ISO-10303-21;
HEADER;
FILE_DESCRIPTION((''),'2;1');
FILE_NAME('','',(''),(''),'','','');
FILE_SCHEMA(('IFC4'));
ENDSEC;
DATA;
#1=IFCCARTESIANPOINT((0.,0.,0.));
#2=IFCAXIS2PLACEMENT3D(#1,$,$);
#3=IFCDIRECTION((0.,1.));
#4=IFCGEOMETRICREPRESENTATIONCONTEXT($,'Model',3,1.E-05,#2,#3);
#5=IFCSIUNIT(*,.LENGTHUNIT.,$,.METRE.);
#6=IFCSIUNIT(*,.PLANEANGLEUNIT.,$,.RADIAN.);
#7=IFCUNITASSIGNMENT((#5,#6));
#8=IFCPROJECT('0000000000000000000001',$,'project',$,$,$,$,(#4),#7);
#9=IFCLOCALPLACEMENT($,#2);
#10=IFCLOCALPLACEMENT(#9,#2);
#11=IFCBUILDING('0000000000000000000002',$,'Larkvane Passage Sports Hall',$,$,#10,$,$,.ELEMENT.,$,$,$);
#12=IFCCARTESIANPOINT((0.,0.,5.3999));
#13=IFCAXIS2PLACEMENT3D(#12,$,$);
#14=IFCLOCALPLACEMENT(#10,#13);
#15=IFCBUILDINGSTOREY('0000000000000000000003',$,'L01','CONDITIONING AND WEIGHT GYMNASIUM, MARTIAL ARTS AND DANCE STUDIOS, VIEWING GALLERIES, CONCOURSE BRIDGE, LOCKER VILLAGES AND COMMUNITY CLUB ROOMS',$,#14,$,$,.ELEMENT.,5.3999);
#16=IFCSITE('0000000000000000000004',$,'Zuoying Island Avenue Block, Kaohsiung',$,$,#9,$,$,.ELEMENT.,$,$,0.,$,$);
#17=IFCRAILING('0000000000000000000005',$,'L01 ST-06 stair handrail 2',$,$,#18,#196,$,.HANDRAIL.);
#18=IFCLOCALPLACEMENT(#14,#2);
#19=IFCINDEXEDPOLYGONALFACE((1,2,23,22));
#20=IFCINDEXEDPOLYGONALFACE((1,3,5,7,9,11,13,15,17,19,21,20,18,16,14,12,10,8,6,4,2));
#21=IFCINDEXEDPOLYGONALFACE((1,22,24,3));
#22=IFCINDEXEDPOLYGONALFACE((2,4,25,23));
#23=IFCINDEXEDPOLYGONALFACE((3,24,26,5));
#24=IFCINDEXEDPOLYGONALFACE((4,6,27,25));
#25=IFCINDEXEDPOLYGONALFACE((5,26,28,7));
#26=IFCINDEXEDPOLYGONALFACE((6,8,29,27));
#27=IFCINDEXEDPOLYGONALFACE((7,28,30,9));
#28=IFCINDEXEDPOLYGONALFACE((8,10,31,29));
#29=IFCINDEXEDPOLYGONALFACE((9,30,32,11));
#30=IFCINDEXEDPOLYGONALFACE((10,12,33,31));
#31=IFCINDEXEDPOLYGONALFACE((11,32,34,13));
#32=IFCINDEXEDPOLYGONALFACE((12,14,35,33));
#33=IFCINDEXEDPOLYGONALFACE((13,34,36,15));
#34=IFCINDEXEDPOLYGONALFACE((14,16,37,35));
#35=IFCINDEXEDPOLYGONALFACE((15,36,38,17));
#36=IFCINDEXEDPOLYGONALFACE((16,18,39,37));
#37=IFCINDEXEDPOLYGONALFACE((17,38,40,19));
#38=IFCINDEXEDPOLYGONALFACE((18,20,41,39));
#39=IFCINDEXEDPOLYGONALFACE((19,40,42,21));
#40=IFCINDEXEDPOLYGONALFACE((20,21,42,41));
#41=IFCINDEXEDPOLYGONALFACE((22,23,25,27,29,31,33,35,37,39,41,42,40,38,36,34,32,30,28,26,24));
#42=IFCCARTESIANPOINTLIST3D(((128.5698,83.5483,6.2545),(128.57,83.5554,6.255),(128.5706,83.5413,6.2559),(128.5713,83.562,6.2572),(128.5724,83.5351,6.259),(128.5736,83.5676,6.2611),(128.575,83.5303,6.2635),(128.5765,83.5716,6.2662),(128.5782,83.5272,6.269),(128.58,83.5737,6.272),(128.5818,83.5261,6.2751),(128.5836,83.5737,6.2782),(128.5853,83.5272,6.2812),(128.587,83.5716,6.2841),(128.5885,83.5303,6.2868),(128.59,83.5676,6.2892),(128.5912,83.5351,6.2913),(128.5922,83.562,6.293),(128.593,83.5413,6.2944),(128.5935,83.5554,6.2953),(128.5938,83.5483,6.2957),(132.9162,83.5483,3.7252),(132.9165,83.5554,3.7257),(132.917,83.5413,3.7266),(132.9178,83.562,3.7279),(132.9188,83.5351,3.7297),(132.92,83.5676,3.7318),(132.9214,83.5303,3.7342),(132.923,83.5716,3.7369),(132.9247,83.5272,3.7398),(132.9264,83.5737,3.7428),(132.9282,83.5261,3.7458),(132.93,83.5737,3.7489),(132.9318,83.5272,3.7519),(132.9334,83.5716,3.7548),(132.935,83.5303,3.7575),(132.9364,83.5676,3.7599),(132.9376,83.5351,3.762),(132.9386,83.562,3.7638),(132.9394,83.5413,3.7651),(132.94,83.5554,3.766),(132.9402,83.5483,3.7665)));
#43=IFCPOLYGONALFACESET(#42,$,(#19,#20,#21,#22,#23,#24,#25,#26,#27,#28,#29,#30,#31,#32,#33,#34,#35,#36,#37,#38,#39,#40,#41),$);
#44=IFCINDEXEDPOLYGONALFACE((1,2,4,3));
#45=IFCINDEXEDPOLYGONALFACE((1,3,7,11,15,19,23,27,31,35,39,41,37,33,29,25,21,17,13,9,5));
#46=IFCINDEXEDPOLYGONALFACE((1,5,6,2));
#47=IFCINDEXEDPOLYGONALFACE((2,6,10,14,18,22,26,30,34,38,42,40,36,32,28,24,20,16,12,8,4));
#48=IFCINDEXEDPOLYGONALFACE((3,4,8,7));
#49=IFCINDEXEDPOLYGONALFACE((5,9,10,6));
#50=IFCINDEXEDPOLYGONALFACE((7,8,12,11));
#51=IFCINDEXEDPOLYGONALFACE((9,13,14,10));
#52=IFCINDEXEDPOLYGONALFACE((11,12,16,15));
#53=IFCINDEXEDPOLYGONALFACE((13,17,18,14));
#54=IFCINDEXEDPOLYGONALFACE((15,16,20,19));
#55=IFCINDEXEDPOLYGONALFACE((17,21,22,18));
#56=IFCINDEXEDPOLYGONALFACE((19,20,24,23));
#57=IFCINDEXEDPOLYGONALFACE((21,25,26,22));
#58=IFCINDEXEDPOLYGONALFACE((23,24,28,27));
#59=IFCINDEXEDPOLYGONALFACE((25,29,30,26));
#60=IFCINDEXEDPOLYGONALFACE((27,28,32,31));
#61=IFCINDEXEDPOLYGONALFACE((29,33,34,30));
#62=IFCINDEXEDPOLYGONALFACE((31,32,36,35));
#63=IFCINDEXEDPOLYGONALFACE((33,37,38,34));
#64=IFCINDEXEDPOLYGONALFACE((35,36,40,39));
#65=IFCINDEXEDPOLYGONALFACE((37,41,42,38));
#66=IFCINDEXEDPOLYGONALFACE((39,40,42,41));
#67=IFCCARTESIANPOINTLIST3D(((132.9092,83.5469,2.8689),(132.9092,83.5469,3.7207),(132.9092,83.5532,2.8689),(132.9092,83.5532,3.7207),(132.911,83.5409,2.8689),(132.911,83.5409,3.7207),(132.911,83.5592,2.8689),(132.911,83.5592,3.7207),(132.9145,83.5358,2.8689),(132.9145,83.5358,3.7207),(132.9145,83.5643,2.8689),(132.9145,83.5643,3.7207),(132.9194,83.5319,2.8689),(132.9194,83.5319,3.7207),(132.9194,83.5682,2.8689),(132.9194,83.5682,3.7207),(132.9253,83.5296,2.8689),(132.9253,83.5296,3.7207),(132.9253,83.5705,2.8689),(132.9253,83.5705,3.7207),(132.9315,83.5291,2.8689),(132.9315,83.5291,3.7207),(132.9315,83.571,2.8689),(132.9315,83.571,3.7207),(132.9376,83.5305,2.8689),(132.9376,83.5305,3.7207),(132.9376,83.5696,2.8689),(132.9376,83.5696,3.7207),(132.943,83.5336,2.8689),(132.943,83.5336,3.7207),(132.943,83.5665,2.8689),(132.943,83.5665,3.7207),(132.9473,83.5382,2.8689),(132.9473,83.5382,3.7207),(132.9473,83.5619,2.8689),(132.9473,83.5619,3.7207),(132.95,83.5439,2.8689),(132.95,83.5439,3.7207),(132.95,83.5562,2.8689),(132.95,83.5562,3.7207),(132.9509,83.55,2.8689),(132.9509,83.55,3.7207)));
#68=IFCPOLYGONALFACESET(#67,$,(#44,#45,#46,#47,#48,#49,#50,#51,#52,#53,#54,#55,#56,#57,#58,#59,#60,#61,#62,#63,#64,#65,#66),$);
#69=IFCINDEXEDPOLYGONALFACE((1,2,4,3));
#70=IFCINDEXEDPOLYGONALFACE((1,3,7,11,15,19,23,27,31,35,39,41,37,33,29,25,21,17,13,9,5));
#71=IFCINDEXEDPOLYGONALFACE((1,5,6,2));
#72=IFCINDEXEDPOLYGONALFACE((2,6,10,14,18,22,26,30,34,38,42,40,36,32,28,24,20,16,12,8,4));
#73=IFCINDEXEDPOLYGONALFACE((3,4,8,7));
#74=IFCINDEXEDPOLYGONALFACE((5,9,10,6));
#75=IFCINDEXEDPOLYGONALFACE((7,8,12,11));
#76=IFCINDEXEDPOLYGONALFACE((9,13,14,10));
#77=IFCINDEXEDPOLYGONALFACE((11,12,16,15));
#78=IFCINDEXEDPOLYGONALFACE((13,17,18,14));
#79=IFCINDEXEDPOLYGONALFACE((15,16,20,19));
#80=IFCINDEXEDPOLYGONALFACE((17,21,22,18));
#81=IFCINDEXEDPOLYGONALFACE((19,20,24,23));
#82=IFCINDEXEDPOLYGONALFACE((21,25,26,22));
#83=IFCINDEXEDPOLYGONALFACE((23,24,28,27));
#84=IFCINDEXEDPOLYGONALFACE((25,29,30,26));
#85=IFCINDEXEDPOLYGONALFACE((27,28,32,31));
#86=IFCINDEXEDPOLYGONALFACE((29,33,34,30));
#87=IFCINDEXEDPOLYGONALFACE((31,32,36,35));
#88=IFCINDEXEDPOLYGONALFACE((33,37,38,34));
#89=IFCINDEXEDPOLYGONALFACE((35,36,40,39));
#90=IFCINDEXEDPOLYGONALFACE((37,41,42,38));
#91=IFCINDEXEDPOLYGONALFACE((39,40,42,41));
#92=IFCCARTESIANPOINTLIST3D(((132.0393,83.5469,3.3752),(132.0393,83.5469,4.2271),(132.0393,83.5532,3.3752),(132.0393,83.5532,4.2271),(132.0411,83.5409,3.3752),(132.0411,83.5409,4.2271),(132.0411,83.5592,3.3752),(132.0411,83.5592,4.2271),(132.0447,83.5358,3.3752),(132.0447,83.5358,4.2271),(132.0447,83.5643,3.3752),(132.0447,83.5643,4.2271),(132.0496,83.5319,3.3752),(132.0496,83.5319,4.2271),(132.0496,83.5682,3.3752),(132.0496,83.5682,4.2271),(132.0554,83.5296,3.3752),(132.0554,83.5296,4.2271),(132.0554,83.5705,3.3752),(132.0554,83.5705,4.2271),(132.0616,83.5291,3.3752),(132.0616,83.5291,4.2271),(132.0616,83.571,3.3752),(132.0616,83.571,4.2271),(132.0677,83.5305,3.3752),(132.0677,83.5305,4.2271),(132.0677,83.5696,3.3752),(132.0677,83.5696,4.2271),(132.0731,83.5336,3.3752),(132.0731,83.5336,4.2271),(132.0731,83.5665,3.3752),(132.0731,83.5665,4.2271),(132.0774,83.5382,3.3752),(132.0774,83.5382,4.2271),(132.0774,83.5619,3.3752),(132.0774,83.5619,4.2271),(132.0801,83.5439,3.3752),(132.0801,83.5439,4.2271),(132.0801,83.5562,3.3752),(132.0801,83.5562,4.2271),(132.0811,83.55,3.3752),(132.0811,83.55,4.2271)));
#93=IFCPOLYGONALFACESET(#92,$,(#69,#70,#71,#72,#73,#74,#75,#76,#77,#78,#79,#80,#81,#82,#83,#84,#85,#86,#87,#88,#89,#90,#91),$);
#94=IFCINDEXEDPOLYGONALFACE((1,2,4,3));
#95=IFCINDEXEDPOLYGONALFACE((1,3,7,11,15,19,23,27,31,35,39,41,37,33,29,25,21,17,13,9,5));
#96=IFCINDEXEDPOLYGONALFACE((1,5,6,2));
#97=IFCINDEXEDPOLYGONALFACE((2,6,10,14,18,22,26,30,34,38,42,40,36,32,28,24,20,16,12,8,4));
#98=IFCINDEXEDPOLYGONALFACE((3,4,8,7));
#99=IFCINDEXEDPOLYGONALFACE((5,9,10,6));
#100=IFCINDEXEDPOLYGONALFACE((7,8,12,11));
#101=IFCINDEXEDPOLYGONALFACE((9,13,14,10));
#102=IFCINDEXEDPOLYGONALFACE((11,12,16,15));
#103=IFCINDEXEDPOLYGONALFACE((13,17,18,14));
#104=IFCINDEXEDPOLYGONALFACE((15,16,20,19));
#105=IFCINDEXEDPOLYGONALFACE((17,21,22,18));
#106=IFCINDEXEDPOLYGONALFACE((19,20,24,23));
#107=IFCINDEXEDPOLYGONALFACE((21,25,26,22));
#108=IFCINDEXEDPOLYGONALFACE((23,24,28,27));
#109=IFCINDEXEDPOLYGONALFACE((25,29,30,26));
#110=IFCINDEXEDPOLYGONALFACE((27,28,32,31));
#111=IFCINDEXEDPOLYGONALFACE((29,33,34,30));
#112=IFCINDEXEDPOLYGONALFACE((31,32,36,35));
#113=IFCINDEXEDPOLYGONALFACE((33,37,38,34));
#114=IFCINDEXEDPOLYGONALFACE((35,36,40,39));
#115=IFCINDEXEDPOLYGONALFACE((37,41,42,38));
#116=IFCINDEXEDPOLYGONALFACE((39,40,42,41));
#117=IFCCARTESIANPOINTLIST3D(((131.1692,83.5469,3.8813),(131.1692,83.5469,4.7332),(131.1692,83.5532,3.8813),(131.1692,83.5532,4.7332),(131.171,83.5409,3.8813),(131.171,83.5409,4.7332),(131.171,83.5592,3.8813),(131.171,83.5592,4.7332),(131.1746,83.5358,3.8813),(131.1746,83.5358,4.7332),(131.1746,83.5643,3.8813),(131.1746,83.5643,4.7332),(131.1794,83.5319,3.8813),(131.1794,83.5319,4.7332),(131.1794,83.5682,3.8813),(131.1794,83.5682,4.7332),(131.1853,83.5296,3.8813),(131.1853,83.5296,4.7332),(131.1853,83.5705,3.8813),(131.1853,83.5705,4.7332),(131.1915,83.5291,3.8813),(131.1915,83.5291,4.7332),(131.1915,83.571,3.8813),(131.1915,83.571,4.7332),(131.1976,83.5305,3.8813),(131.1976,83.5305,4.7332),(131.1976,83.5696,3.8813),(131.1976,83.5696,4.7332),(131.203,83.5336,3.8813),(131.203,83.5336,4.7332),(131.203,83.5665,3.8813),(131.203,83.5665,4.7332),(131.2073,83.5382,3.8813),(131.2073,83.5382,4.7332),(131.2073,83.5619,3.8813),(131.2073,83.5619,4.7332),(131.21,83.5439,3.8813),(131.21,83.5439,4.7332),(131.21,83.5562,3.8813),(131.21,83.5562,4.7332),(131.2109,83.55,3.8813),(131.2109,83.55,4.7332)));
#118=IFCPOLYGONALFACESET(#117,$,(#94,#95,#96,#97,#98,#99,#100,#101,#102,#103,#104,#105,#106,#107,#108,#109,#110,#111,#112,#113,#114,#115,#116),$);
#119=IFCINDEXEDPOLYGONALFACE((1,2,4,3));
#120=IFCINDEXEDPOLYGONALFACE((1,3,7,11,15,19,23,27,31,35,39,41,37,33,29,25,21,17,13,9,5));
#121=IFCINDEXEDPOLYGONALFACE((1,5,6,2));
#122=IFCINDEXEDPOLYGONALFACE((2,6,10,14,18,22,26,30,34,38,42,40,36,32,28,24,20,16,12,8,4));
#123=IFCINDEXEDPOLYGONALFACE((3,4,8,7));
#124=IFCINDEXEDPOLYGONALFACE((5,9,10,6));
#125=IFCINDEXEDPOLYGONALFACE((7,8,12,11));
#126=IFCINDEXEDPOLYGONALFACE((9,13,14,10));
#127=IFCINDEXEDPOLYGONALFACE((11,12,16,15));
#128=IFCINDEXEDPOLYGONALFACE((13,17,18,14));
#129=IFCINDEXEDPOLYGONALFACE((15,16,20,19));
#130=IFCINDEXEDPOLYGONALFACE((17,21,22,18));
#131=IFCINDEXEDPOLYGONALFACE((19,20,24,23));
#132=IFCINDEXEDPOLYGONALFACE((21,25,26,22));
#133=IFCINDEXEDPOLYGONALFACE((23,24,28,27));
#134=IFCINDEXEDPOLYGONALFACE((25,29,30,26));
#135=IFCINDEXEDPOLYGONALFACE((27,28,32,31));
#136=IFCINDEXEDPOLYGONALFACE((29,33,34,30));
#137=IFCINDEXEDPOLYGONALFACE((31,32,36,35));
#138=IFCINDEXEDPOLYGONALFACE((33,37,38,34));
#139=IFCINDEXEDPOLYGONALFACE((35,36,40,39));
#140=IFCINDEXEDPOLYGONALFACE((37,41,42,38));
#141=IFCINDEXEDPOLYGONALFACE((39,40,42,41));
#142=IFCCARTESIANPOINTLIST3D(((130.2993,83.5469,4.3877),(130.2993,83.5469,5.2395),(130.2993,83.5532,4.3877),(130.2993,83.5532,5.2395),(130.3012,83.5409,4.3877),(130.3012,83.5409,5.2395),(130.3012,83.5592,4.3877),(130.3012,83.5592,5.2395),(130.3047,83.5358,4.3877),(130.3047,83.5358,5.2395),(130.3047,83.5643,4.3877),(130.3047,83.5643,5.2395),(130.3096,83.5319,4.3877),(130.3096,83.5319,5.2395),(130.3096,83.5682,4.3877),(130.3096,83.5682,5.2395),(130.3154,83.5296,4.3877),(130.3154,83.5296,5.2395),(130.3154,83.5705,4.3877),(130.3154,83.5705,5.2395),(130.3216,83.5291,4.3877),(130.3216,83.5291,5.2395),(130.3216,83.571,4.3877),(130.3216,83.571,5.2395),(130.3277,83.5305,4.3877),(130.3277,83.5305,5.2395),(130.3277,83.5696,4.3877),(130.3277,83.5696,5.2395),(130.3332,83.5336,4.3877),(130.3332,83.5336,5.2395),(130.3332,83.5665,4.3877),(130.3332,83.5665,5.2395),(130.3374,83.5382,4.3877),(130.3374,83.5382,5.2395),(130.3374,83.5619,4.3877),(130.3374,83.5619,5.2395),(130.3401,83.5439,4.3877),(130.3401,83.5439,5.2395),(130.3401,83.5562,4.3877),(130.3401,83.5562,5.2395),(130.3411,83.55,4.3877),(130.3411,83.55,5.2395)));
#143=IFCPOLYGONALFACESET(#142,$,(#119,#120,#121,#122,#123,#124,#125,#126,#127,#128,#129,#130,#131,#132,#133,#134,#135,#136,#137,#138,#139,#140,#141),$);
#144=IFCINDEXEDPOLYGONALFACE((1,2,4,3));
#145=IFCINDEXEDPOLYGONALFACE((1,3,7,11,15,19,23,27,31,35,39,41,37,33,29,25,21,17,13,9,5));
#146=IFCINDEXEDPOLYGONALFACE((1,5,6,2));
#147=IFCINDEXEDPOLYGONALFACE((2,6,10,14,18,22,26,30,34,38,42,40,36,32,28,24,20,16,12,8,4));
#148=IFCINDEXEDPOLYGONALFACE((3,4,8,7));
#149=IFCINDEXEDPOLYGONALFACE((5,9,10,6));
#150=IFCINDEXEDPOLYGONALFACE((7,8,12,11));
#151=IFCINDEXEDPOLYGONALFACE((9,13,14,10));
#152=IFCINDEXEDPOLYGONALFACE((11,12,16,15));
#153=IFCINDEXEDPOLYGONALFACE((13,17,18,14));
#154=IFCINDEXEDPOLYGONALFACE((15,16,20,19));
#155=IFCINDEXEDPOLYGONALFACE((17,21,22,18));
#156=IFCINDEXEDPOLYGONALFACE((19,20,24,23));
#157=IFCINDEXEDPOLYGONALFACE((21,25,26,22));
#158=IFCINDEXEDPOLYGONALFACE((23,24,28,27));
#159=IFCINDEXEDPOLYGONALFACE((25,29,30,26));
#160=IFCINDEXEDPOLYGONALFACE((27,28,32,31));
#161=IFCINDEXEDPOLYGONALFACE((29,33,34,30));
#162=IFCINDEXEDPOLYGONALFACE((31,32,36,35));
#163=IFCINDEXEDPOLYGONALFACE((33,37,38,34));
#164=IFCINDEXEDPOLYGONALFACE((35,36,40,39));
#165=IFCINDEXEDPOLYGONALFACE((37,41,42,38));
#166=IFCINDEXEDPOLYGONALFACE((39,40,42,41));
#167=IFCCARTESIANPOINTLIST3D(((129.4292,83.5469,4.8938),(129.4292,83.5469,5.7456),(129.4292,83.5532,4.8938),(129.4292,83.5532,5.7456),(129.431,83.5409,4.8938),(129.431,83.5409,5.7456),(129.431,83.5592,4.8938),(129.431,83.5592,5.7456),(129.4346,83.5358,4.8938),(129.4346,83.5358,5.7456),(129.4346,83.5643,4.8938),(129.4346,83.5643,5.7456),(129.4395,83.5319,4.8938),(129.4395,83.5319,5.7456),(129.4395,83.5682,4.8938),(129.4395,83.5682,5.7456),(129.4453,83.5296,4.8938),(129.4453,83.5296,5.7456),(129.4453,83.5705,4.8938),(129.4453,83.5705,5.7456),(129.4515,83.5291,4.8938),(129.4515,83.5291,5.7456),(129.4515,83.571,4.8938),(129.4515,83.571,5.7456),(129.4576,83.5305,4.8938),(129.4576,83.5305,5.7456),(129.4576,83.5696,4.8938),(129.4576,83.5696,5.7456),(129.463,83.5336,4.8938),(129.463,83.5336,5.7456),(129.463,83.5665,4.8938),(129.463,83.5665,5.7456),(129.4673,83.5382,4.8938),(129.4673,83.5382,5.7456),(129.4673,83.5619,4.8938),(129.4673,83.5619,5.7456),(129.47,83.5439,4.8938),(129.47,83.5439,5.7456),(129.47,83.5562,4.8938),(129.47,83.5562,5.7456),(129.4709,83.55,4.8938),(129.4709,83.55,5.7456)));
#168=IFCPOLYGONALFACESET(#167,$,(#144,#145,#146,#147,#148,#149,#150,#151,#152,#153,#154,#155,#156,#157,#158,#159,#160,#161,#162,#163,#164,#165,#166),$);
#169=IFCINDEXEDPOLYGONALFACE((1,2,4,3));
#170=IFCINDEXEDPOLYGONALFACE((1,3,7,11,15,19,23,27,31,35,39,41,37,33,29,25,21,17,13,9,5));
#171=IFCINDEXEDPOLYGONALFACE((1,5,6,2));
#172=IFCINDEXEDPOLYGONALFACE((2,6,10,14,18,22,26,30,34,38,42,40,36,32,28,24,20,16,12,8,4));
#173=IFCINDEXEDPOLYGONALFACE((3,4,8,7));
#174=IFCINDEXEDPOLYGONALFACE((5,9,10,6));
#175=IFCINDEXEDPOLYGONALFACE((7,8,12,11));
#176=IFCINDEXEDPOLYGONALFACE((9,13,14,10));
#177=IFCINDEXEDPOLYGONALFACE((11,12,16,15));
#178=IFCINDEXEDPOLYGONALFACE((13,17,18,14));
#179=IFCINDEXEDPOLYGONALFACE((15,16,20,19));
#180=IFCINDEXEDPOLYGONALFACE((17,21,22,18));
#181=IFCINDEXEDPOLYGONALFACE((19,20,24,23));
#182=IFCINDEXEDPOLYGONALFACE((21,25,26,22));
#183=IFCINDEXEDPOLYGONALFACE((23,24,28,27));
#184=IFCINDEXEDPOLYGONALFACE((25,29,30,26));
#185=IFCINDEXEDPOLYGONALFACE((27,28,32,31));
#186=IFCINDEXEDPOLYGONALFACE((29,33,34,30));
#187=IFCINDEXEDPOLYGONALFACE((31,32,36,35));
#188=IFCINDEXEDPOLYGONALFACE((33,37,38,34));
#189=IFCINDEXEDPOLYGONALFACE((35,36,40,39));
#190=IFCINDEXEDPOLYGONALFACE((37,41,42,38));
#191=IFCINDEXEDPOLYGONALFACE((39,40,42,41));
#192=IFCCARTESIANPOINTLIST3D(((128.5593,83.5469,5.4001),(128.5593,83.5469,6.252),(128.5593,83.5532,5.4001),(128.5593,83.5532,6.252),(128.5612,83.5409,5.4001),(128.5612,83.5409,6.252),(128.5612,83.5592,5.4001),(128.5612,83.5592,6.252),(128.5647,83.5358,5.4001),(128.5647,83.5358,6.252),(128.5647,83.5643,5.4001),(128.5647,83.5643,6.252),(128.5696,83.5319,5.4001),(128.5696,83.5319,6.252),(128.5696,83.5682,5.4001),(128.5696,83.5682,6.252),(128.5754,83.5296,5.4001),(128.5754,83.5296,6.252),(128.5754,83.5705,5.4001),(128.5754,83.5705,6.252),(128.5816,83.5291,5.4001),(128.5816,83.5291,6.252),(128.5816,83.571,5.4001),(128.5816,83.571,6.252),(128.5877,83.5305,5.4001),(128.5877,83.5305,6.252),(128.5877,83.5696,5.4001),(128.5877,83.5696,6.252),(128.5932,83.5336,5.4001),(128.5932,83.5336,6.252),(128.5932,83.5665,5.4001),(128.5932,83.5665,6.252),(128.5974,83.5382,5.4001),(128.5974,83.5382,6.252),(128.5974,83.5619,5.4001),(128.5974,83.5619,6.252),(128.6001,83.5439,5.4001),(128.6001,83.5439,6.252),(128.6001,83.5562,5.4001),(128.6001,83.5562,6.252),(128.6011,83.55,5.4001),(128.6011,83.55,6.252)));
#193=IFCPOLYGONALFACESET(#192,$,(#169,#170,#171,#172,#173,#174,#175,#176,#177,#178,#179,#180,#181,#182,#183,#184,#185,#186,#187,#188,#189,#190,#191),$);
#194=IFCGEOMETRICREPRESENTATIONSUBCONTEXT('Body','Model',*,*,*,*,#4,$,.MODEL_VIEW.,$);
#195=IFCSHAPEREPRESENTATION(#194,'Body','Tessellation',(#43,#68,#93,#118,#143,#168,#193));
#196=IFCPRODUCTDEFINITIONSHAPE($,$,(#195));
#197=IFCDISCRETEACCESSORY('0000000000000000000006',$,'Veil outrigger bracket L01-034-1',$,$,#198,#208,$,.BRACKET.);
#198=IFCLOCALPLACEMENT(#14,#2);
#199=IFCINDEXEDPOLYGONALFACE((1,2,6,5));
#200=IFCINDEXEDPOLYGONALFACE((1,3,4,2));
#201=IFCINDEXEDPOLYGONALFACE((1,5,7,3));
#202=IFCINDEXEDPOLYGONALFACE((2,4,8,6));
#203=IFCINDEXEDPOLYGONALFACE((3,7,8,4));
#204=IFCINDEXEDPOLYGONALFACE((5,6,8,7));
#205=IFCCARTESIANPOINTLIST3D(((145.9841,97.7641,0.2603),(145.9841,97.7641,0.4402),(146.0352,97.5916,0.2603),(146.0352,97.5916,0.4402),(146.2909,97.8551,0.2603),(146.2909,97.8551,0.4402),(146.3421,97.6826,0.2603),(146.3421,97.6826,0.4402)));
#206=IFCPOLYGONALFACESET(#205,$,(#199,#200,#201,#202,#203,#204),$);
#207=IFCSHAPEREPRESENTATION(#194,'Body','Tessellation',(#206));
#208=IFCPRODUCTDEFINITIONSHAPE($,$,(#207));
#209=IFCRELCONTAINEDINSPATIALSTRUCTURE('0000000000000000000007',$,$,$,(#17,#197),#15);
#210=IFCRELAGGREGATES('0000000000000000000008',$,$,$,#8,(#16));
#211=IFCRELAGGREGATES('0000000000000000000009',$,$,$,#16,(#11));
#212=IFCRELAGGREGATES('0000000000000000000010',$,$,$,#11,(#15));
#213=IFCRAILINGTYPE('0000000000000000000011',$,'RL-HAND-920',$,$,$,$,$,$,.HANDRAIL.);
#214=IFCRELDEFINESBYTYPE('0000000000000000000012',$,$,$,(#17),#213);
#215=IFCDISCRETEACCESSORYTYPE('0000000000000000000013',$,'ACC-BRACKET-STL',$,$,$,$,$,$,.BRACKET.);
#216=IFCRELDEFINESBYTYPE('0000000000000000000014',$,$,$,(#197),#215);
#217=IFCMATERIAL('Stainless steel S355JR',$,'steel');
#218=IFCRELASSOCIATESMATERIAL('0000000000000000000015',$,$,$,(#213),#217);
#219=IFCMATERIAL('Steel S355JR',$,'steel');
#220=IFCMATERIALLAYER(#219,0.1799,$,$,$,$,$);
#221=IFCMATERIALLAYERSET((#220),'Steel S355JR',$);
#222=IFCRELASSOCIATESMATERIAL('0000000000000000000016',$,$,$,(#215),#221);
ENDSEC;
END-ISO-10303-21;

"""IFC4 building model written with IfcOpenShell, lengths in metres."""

from ifc_helpers import new_model, si_unit, direction, frame, origin, origin_2d, place, context, subcontext, project, spatial, rectangle, circle, extrude, material, layer, layer_set, type_object, element, save


model = new_model("IFC4")

# Units and contexts
model_context = context("Model", 3, precision=1e-05, world=origin(), true_north=direction((0.0, 1.0)))
body_context = subcontext(model_context, "Body", "Model", "MODEL_VIEW")
ifc_project = project(units=[si_unit("LENGTHUNIT", "METRE"), si_unit("PLANEANGLEUNIT", "RADIAN")], contexts=[model_context])

# Site, building, storey
site_placement = place(None, origin())
site = spatial("IfcSite", under=ifc_project, at=site_placement, Name="Zuoying Island Avenue Block, Kaohsiung", CompositionType="ELEMENT", RefElevation=0.0)
building_placement = place(site_placement, origin())
building = spatial("IfcBuilding", under=site, at=building_placement, Name="Larkvane Passage Sports Hall", CompositionType="ELEMENT")
storey_placement = place(building_placement, frame((0.0, 0.0, 5.3999)))
storey = spatial("IfcBuildingStorey", under=building, at=storey_placement, Name="L01", Description="CONDITIONING AND WEIGHT GYMNASIUM, MARTIAL ARTS AND DANCE STUDIOS, VIEWING GALLERIES, CONCOURSE BRIDGE, LOCKER VILLAGES AND COMMUNITY CLUB ROOMS", CompositionType="ELEMENT", Elevation=5.3999)

# Shared definitions
ifc_material_1 = material(Name="Steel S355JR", Category="steel")

# Railing
ifc_material_2 = material(Name="Stainless steel S355JR", Category="steel")
railing_type = type_object("IfcRailingType", Name="RL-HAND-920", PredefinedType="HANDRAIL", material=ifc_material_2)
railing_placement = place(storey_placement, frame((132.9299, 83.55, 2.8689)))
element("IfcRailing", 1, at=railing_placement, inside=storey, type_object=railing_type, Name="L01 ST-06 stair handrail 2", PredefinedType="HANDRAIL", context=body_context, shape_type="SweptSolid", body=[
    extrude(circle(Radius=0.0239, at=origin_2d()), frame((-0.0017, 0.0, 0.877), z_axis=(-0.864312, 0.0, 0.502957), x_axis=(0.0, -1.0, 0.0)), (0.0, 0.0, 1.0), 5.0288),
    extrude(circle(Radius=0.021, at=origin_2d()), origin(), (0.0, 0.0, 1.0), 0.8518),
    extrude(circle(Radius=0.021, at=origin_2d()), frame((-0.8699, 0.0, 0.5063)), (0.0, 0.0, 1.0), 0.8518),
    extrude(circle(Radius=0.021, at=origin_2d()), frame((-1.74, 0.0, 1.0125)), (0.0, 0.0, 1.0), 0.8518),
    extrude(circle(Radius=0.021, at=origin_2d()), frame((-2.6099, 0.0, 1.5188)), (0.0, 0.0, 1.0), 0.8518),
    extrude(circle(Radius=0.021, at=origin_2d()), frame((-3.48, 0.0, 2.0249)), (0.0, 0.0, 1.0), 0.8518),
    extrude(circle(Radius=0.021, at=origin_2d()), frame((-4.3499, 0.0, 2.5312)), (0.0, 0.0, 1.0), 0.8518),
])

# Discrete accessory
ifc_layer_1 = layer(ifc_material_1, 0.1799)
ifc_layer_set_1 = layer_set([ifc_layer_1], Name="Steel S355JR")
discrete_accessory_type = type_object("IfcDiscreteAccessoryType", Name="ACC-BRACKET-STL", PredefinedType="BRACKET", material=ifc_layer_set_1)
discrete_accessory_placement = place(storey_placement, frame((146.1631, 97.7234, 0.2603), z_axis=(0.0, 0.0, 1.0), x_axis=(0.284365, -0.958716, 0.0)))
element("IfcDiscreteAccessory", 2, at=discrete_accessory_placement, inside=storey, type_object=discrete_accessory_type, Name="Veil outrigger bracket L01-034-1", PredefinedType="BRACKET", context=body_context, shape_type="SweptSolid", body=[
    extrude(rectangle(XDim=0.1799, YDim=0.3201, at=origin_2d()), origin(), (0.0, 0.0, 1.0), 0.1799),
])

save(model, "model.ifc")
